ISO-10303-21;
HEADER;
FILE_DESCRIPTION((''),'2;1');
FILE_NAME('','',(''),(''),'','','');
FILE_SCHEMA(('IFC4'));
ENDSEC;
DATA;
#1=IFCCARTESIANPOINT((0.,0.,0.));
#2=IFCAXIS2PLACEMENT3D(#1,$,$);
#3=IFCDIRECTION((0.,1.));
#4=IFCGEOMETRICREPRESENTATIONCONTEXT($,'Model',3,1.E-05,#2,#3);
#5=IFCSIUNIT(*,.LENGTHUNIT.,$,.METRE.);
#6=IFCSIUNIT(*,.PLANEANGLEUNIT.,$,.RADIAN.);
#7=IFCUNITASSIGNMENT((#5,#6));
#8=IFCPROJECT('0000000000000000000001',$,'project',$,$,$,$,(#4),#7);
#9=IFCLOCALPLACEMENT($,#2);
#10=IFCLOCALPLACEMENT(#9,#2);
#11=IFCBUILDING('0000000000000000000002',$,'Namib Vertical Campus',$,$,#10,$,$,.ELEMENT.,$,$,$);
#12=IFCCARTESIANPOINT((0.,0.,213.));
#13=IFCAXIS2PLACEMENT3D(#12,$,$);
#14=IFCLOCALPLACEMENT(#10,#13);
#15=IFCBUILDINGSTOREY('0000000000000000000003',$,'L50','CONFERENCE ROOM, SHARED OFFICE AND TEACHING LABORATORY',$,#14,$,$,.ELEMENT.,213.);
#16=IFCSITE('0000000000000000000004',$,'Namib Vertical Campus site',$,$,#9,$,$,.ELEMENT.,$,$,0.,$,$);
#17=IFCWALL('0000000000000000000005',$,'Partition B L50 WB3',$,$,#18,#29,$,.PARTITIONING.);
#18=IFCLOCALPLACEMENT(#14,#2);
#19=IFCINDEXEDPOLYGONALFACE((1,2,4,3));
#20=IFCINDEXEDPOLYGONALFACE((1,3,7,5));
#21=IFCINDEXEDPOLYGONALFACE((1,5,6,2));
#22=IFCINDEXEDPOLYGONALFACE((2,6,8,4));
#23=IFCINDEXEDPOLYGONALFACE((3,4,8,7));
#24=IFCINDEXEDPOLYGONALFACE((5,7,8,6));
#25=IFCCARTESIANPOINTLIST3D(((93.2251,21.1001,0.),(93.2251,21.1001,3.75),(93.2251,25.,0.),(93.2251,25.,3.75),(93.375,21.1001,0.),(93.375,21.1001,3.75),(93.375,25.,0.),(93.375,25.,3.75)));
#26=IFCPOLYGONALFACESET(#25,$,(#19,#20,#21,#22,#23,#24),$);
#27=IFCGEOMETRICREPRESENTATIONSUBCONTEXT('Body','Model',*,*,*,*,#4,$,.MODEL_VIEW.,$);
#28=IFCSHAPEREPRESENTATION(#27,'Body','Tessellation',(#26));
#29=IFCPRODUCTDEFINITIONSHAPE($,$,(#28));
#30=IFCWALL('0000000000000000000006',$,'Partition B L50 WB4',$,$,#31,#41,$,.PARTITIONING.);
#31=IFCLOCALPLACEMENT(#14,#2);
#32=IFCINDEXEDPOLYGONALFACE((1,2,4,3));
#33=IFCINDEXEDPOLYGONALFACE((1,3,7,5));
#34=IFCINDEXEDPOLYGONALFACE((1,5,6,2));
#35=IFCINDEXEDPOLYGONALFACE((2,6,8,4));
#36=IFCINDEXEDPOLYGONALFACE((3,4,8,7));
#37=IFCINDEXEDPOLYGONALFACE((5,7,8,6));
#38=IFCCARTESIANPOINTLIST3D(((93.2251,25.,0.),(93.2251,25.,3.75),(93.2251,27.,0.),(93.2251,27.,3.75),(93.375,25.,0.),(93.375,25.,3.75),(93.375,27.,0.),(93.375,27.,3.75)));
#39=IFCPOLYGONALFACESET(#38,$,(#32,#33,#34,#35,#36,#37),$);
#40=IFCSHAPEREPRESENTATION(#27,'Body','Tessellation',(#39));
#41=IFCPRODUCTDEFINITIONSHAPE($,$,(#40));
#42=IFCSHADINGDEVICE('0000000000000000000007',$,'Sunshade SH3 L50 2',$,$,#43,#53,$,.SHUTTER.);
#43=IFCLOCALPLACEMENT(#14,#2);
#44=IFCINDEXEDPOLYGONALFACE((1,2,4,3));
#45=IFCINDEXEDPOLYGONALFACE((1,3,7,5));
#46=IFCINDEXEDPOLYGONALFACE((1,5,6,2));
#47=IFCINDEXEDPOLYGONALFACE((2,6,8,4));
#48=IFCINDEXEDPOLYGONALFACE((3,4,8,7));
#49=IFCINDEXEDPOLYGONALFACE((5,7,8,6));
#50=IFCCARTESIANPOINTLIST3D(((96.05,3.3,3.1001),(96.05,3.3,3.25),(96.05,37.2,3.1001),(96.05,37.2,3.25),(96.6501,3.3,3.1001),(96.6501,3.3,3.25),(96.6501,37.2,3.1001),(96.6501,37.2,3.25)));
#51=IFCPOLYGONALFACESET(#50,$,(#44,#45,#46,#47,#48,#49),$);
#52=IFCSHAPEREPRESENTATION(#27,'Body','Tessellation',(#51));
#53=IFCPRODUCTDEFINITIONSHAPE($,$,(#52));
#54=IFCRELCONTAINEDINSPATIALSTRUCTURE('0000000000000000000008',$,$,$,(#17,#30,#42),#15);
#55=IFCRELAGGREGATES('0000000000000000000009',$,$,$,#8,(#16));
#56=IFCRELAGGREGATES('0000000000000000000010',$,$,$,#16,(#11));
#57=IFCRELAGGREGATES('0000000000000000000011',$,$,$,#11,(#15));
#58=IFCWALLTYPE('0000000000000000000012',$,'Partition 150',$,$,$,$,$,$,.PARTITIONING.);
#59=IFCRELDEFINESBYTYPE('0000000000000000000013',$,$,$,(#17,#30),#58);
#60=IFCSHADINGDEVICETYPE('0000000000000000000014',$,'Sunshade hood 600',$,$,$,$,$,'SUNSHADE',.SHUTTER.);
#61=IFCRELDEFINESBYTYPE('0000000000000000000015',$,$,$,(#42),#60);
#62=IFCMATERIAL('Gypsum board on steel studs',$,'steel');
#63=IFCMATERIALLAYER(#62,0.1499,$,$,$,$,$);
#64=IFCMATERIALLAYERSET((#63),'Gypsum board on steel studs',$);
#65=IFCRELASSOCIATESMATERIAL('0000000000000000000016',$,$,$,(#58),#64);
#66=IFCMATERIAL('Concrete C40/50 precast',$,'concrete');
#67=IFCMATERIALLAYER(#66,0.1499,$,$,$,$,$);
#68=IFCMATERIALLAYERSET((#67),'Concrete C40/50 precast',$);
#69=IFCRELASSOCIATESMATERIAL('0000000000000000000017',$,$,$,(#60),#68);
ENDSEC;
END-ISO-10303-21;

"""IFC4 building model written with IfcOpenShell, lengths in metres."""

from ifc_helpers import new_model, si_unit, direction, frame, frame_2d, origin, origin_2d, place, context, subcontext, project, spatial, rectangle, extrude, material, layer, layer_set, type_object, element, save


model = new_model("IFC4")

# Units and contexts
model_context = context("Model", 3, precision=1e-05, world=origin(), true_north=direction((0.0, 1.0)))
body_context = subcontext(model_context, "Body", "Model", "MODEL_VIEW")
ifc_project = project(units=[si_unit("LENGTHUNIT", "METRE"), si_unit("PLANEANGLEUNIT", "RADIAN")], contexts=[model_context])

# Site, building, storey
site_placement = place(None, origin())
site = spatial("IfcSite", under=ifc_project, at=site_placement, Name="Namib Vertical Campus site", CompositionType="ELEMENT", RefElevation=0.0)
building_placement = place(site_placement, origin())
building = spatial("IfcBuilding", under=site, at=building_placement, Name="Namib Vertical Campus", CompositionType="ELEMENT")
storey_placement = place(building_placement, frame((0.0, 0.0, 213.0)))
storey = spatial("IfcBuildingStorey", under=building, at=storey_placement, Name="L50", Description="CONFERENCE ROOM, SHARED OFFICE AND TEACHING LABORATORY", CompositionType="ELEMENT", Elevation=213.0)

# Walls
ifc_material_1 = material(Name="Gypsum board on steel studs", Category="steel")
ifc_layer_1 = layer(ifc_material_1, 0.1499)
ifc_layer_set_1 = layer_set([ifc_layer_1], Name="Gypsum board on steel studs")
wall_type_1 = type_object("IfcWallType", Name="Partition 150", PredefinedType="PARTITIONING", material=ifc_layer_set_1)
wall_1_placement = place(storey_placement, frame((93.3, 21.1001, 0.0), z_axis=(0.0, 0.0, 1.0), x_axis=(0.0, 1.0, 0.0)))
element("IfcWall", 1, at=wall_1_placement, inside=storey, type_object=wall_type_1, Name="Partition B L50 WB3", PredefinedType="PARTITIONING", context=body_context, shape_type="SweptSolid", body=[
    extrude(rectangle(XDim=3.8999, YDim=0.1499, at=frame_2d((1.95, 0.0))), origin(), (0.0, 0.0, 1.0), 3.75),
])
wall_2_placement = place(storey_placement, frame((93.3, 25.0, 0.0), z_axis=(0.0, 0.0, 1.0), x_axis=(0.0, 1.0, 0.0)))
element("IfcWall", 2, at=wall_2_placement, inside=storey, type_object=wall_type_1, Name="Partition B L50 WB4", PredefinedType="PARTITIONING", context=body_context, shape_type="SweptSolid", body=[
    extrude(rectangle(XDim=2.0, YDim=0.1499, at=frame_2d((1.0, 0.0))), origin(), (0.0, 0.0, 1.0), 3.75),
])

# Shading device
ifc_material_2 = material(Name="Concrete C40/50 precast", Category="concrete")
ifc_layer_2 = layer(ifc_material_2, 0.1499)
ifc_layer_set_2 = layer_set([ifc_layer_2], Name="Concrete C40/50 precast")
shading_device_type = type_object("IfcShadingDeviceType", Name="Sunshade hood 600", ElementType="SUNSHADE", PredefinedType="SHUTTER", material=ifc_layer_set_2)
shading_device_placement = place(storey_placement, frame((96.3501, 20.25, 3.1001), z_axis=(0.0, 0.0, 1.0), x_axis=(0.0, 1.0, 0.0)))
element("IfcShadingDevice", 3, at=shading_device_placement, inside=storey, type_object=shading_device_type, Name="Sunshade SH3 L50 2", PredefinedType="SHUTTER", context=body_context, shape_type="SweptSolid", body=[
    extrude(rectangle(XDim=33.8999, YDim=0.6001, at=origin_2d()), origin(), (0.0, 0.0, 1.0), 0.1499),
])

save(model, "model.ifc")
